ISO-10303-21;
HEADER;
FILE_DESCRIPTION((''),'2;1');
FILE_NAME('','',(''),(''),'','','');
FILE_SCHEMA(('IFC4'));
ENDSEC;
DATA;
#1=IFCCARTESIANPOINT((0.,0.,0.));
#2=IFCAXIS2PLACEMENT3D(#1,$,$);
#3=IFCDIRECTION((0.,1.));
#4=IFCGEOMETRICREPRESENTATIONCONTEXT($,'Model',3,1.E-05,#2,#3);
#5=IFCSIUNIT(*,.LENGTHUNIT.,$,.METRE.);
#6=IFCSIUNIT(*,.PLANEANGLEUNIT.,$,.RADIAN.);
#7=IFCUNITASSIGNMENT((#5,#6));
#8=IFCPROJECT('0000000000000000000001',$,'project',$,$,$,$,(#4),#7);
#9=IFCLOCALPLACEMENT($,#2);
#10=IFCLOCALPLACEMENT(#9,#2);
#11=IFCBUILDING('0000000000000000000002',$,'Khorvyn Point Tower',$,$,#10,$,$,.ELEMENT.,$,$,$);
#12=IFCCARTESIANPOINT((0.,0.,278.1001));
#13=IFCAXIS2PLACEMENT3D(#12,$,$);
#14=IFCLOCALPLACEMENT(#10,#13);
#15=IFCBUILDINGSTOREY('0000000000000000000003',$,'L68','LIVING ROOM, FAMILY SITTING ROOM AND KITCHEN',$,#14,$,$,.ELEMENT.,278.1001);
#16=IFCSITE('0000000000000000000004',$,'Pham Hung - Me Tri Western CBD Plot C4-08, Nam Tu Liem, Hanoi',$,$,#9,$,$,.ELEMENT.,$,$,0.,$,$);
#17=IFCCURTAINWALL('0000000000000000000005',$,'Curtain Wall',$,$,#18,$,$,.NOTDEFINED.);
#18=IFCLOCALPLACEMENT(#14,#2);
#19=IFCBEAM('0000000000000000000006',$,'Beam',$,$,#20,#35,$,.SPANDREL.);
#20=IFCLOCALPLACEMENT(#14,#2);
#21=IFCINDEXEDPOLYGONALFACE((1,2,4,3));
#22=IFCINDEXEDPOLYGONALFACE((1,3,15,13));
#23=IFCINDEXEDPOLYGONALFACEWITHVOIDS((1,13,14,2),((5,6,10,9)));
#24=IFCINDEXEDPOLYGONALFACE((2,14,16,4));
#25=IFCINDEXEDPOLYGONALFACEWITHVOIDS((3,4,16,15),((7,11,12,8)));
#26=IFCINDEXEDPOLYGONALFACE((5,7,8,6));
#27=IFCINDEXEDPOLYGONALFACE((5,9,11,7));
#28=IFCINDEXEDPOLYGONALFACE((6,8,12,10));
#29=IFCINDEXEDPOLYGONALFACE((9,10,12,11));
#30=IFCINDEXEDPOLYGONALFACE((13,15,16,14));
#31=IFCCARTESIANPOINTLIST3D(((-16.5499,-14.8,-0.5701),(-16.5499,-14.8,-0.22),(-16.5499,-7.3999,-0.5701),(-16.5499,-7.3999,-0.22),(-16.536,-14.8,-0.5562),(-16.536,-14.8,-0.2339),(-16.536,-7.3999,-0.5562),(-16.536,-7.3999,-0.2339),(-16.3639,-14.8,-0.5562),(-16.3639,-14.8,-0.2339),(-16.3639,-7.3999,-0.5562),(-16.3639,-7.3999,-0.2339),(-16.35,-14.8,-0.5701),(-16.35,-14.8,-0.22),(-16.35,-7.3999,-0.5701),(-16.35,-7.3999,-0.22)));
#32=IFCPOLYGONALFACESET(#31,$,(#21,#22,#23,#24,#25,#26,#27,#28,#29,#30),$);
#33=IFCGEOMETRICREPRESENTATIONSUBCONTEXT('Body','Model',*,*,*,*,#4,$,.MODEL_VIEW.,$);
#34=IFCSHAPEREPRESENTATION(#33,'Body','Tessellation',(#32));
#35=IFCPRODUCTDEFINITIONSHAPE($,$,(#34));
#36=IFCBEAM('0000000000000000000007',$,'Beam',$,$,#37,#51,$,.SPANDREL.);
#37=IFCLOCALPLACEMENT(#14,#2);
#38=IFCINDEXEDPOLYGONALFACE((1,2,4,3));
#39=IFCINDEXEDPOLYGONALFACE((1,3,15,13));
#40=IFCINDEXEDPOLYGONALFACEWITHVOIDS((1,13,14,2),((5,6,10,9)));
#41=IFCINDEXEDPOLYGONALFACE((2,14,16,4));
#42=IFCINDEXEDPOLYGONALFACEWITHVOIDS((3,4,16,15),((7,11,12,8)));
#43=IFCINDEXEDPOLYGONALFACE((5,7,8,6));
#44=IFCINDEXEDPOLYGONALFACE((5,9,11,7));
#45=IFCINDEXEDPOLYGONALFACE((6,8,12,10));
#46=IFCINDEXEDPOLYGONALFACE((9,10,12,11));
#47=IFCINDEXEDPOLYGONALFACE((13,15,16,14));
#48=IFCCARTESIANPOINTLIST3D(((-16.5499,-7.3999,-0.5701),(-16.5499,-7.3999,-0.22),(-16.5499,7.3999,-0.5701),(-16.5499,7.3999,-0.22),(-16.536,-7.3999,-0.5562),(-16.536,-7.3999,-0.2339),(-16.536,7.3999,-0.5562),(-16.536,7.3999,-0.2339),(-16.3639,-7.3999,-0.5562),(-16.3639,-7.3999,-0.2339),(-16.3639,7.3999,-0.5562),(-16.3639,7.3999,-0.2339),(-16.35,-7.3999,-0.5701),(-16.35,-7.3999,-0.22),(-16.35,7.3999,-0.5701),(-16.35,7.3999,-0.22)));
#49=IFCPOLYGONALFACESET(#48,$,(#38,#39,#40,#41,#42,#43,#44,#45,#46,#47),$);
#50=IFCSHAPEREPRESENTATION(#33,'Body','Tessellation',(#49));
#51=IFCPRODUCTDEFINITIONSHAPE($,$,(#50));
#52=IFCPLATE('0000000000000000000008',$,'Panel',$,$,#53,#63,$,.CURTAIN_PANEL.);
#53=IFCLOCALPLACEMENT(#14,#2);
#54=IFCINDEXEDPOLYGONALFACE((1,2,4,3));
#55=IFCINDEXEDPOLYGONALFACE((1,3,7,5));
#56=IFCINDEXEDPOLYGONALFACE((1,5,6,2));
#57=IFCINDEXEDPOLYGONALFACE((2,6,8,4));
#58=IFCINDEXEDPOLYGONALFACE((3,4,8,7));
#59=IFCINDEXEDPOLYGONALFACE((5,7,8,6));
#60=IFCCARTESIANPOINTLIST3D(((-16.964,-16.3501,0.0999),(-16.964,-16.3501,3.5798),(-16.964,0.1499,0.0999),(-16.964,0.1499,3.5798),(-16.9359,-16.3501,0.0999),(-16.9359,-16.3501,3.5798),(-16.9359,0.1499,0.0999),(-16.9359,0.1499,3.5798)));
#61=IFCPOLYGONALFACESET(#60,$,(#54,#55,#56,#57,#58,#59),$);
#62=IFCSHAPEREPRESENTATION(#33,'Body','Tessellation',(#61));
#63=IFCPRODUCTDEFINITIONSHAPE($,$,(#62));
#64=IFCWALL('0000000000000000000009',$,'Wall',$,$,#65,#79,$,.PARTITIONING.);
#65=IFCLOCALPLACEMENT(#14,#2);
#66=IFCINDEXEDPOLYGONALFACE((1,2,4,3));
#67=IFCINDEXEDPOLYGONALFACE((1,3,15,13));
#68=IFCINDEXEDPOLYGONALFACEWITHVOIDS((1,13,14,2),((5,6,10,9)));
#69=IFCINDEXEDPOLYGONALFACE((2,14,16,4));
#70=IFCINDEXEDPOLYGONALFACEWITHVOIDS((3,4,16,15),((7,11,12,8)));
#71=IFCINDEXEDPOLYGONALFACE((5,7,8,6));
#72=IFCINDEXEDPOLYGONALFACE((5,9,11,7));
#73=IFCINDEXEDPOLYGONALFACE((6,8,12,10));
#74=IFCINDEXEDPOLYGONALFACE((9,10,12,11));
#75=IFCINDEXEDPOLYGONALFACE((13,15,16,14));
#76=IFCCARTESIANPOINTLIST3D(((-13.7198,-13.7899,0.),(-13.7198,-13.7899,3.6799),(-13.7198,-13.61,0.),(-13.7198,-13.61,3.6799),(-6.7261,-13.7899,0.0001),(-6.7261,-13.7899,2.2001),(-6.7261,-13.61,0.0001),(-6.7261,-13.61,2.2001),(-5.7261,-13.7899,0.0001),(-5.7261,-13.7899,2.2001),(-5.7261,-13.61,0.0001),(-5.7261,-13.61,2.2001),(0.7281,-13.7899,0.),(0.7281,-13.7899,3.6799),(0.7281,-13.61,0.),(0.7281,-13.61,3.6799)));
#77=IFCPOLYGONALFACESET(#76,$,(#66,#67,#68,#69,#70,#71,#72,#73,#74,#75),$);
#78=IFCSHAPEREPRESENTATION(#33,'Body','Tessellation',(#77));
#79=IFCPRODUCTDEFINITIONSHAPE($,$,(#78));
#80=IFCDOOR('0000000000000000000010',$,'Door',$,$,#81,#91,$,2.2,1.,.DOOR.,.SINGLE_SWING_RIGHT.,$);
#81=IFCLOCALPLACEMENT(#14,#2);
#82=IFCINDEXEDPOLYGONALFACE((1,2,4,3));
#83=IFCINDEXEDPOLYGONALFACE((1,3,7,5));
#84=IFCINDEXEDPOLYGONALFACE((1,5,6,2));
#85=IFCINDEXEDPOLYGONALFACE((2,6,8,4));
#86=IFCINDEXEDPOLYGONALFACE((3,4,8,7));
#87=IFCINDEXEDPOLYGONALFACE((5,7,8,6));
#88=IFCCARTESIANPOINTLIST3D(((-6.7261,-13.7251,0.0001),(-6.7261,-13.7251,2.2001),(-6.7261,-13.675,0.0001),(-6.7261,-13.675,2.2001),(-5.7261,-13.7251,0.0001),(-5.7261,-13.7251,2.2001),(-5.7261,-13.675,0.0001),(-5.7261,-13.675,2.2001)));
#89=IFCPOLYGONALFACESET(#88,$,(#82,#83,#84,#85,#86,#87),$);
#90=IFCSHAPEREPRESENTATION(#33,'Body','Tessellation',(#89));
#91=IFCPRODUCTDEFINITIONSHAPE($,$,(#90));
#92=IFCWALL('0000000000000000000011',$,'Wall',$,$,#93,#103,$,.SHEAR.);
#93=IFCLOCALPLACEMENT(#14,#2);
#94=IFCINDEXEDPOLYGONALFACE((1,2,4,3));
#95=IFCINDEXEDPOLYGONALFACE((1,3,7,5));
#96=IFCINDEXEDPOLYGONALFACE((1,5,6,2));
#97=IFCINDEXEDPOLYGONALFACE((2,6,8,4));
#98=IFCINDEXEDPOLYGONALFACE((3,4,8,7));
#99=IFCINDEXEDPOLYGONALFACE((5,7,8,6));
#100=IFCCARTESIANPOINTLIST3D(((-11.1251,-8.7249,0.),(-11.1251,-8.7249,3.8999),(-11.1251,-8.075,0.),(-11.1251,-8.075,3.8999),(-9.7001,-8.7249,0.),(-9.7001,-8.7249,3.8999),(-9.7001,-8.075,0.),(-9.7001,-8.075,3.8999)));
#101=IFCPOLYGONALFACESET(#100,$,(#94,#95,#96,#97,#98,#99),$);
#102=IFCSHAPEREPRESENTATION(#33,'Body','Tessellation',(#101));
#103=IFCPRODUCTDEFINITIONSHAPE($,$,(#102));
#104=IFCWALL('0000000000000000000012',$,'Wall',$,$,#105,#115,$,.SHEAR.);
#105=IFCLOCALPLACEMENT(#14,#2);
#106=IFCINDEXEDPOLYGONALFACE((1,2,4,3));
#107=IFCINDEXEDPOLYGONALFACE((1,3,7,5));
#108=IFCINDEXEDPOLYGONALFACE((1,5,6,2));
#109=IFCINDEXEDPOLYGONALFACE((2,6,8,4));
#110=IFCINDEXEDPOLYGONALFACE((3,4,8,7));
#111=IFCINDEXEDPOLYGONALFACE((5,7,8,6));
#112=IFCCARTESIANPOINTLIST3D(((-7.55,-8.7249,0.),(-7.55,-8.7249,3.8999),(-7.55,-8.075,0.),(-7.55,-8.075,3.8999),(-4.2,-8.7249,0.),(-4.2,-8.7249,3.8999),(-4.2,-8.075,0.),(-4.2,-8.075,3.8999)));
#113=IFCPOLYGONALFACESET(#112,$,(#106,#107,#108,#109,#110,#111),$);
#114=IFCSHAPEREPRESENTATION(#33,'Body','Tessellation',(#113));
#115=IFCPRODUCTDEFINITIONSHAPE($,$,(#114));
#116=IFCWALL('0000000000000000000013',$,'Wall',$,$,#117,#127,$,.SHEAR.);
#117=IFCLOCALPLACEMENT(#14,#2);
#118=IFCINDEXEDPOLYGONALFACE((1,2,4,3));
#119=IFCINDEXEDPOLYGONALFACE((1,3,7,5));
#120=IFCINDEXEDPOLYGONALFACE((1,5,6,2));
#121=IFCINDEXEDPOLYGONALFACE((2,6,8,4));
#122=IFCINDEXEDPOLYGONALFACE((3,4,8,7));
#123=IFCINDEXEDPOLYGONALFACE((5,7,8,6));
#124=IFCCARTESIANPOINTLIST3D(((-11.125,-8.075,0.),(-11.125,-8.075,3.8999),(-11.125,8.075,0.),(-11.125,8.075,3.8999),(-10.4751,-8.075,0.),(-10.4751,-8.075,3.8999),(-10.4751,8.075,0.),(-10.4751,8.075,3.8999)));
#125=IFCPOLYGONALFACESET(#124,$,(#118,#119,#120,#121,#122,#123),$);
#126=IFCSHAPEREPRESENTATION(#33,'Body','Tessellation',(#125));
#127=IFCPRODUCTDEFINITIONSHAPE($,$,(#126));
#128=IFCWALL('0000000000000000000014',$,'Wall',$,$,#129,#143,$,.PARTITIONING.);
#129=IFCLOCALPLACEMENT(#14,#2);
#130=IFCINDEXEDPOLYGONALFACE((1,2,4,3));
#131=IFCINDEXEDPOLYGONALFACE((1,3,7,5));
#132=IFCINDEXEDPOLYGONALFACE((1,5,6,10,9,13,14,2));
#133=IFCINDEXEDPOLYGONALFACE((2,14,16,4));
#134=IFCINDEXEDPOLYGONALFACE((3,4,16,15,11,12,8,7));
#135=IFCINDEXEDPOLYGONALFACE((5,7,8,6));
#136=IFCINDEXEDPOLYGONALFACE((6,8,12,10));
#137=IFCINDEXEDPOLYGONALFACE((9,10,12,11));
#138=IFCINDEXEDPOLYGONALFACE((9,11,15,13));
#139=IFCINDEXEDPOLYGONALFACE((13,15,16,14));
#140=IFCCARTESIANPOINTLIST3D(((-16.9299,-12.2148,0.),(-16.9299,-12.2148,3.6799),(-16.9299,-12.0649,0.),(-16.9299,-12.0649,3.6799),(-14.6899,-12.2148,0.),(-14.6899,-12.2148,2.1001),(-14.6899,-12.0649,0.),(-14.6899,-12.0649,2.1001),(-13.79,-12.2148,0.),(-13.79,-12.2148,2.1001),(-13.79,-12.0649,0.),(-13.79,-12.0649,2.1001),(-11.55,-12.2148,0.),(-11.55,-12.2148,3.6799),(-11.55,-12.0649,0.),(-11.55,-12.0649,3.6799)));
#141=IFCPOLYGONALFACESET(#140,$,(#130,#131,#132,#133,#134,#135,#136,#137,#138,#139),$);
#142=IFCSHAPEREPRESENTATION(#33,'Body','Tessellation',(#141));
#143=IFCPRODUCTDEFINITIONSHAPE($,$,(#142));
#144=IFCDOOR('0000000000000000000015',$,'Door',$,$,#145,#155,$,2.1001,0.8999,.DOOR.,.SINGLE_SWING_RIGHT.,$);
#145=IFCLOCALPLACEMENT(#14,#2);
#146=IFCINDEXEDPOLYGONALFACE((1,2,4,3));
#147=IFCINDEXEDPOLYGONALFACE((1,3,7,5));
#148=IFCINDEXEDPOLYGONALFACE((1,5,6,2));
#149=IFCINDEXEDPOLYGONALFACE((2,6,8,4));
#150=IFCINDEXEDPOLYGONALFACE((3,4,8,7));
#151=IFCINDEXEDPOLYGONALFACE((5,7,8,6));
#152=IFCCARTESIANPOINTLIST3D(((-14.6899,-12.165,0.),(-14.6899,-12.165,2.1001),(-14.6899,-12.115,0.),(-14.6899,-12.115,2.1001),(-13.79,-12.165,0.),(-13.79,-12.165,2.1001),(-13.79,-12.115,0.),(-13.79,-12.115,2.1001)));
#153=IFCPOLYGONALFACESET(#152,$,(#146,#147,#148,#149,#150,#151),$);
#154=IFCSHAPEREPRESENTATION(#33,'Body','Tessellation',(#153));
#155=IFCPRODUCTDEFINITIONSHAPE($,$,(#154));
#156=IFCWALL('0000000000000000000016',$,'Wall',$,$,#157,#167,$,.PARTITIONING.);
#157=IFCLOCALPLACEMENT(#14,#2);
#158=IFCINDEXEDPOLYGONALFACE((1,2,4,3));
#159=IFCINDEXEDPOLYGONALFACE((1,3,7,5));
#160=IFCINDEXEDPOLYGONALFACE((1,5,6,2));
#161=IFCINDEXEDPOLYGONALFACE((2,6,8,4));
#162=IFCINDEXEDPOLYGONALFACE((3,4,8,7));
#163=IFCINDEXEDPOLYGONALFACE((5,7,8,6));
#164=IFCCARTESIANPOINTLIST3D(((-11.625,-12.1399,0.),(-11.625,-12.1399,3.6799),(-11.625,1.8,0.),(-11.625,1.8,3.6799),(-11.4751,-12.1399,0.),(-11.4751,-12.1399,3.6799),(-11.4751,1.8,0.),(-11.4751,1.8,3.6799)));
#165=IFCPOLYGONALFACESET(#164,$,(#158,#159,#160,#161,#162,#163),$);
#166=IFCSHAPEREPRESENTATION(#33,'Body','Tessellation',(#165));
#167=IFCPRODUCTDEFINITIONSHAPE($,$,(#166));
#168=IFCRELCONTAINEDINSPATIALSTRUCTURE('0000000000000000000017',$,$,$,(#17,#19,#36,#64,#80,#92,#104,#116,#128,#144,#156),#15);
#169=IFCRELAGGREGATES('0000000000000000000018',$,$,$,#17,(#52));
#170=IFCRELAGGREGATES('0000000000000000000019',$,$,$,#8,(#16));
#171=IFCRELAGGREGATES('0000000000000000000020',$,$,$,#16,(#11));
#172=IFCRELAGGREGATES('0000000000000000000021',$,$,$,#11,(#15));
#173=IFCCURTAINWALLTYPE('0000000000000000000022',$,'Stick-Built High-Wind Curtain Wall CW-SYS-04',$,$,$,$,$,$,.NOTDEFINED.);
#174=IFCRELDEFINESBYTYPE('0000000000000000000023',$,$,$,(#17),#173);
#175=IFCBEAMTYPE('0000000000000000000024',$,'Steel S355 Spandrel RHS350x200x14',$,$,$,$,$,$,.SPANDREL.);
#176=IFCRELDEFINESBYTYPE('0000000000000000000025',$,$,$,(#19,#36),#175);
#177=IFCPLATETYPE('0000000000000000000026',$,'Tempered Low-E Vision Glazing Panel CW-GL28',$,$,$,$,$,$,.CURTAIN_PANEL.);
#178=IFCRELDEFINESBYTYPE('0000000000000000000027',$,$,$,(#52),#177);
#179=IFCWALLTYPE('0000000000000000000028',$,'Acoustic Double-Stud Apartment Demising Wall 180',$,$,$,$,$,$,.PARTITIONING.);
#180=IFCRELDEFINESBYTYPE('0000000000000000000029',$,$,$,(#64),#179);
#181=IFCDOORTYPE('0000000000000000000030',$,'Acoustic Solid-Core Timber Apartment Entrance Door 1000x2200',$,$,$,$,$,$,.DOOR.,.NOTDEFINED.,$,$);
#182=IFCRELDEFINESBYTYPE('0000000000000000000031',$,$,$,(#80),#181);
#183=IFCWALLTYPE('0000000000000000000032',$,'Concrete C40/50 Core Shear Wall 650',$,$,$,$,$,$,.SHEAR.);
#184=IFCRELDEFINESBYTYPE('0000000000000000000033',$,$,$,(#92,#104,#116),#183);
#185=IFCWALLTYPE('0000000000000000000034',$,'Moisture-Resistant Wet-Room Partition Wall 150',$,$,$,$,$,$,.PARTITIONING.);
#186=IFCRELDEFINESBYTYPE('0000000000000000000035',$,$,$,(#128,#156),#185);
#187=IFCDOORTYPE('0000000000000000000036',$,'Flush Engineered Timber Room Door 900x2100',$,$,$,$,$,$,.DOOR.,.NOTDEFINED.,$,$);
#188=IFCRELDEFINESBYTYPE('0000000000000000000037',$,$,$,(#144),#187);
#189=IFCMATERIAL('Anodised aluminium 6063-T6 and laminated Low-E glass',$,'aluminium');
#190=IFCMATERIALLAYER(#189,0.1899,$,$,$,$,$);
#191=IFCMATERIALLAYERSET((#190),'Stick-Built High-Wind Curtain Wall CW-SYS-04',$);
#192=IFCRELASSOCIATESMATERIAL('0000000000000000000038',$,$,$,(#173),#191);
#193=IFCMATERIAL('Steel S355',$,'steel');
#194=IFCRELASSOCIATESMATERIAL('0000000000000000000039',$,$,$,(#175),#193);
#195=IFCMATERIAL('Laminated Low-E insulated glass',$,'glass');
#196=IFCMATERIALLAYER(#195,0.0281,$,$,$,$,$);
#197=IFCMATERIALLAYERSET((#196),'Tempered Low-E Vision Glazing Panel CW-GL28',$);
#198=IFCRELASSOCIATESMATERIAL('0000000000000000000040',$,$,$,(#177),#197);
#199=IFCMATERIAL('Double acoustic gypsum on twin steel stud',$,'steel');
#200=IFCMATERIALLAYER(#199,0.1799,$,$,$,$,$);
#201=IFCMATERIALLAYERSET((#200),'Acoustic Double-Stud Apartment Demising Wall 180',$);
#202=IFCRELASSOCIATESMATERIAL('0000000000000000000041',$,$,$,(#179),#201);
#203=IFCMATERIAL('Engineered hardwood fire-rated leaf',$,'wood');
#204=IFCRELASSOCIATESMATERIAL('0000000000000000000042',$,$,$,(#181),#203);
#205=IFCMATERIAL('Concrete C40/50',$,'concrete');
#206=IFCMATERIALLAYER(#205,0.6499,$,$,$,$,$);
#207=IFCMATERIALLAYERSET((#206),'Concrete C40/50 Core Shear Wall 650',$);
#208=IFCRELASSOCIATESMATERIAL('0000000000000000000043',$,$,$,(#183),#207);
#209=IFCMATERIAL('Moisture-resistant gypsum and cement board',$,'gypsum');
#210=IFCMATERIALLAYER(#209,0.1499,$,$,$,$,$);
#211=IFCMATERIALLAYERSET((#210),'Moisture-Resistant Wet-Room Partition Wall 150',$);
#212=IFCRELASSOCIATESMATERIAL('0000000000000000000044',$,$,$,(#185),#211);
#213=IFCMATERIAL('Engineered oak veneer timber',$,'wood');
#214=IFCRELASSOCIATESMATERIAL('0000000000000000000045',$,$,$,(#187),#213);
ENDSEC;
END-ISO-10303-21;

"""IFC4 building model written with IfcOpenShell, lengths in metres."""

from ifc_helpers import new_model, si_unit, direction, frame, frame_2d, origin, origin_2d, place, context, subcontext, project, spatial, rectangle, hollow_rectangle, extrude, material, layer, layer_set, material_profile, profile_set, type_object, element, fill, aggregate, save


model = new_model("IFC4")

# Units and contexts
model_context = context("Model", 3, precision=1e-05, world=origin(), true_north=direction((0.0, 1.0)))
body_context = subcontext(model_context, "Body", "Model", "MODEL_VIEW")
ifc_project = project(units=[si_unit("LENGTHUNIT", "METRE"), si_unit("PLANEANGLEUNIT", "RADIAN")], contexts=[model_context])

# Site, building, storey
site_placement = place(None, origin())
site = spatial("IfcSite", under=ifc_project, at=site_placement, Name="Pham Hung - Me Tri Western CBD Plot C4-08, Nam Tu Liem, Hanoi", CompositionType="ELEMENT", RefElevation=0.0)
building_placement = place(site_placement, origin())
building = spatial("IfcBuilding", under=site, at=building_placement, Name="Khorvyn Point Tower", CompositionType="ELEMENT")
storey_placement = place(building_placement, frame((0.0, 0.0, 278.1001)))
storey = spatial("IfcBuildingStorey", under=building, at=storey_placement, Name="L68", Description="LIVING ROOM, FAMILY SITTING ROOM AND KITCHEN", CompositionType="ELEMENT", Elevation=278.1001)

# Shared definitions
ifc_material_1 = material(Name="Concrete C40/50", Category="concrete")
ifc_material_2 = material(Name="Steel S355", Category="steel")

# Curtain wall
ifc_material_3 = material(Name="Anodised aluminium 6063-T6 and laminated Low-E glass", Category="aluminium")
ifc_layer_1 = layer(ifc_material_3, 0.1899)
ifc_layer_set_1 = layer_set([ifc_layer_1], Name="Stick-Built High-Wind Curtain Wall CW-SYS-04")
curtain_wall_type = type_object("IfcCurtainWallType", Name="Stick-Built High-Wind Curtain Wall CW-SYS-04", PredefinedType="NOTDEFINED", material=ifc_layer_set_1)
curtain_wall_placement = place(storey_placement, origin())
curtain_wall = element("IfcCurtainWall", 1, at=curtain_wall_placement, inside=storey, type_object=curtain_wall_type, Name="Curtain Wall", PredefinedType="NOTDEFINED")

# Beams
ifc_material_profile_1 = material_profile(ifc_material_2, hollow_rectangle(XDim=0.2, YDim=0.3501, WallThickness=0.0139, at=origin_2d()))
ifc_profile_set_1 = profile_set([ifc_material_profile_1], Name="Steel S355 RHS350x200x14")
beam_type_1 = type_object("IfcBeamType", Name="Steel S355 Spandrel RHS350x200x14", PredefinedType="SPANDREL", material=ifc_profile_set_1)
beam_1_placement = place(storey_placement, frame((-16.45, -14.8, -0.395), z_axis=(0.0, 1.0, 0.0), x_axis=(-1.0, 0.0, 0.0)))
element("IfcBeam", 2, at=beam_1_placement, inside=storey, type_object=beam_type_1, Name="Beam", PredefinedType="SPANDREL", context=body_context, shape_type="SweptSolid", body=[
    extrude(hollow_rectangle(XDim=0.2, YDim=0.3501, WallThickness=0.0139, at=origin_2d()), origin(), (0.0, 0.0, 1.0), 7.4001),
])
beam_2_placement = place(storey_placement, frame((-16.45, -7.3999, -0.395), z_axis=(0.0, 1.0, 0.0), x_axis=(-1.0, 0.0, 0.0)))
element("IfcBeam", 3, at=beam_2_placement, inside=storey, type_object=beam_type_1, Name="Beam", PredefinedType="SPANDREL", context=body_context, shape_type="SweptSolid", body=[
    extrude(hollow_rectangle(XDim=0.2, YDim=0.3501, WallThickness=0.0139, at=origin_2d()), origin(), (0.0, 0.0, 1.0), 14.7998),
])

# Plate
ifc_material_4 = material(Name="Laminated Low-E insulated glass", Category="glass")
ifc_layer_2 = layer(ifc_material_4, 0.0281)
ifc_layer_set_2 = layer_set([ifc_layer_2], Name="Tempered Low-E Vision Glazing Panel CW-GL28")
plate_type = type_object("IfcPlateType", Name="Tempered Low-E Vision Glazing Panel CW-GL28", PredefinedType="CURTAIN_PANEL", material=ifc_layer_set_2)
plate_placement = place(storey_placement, frame((-16.95, -8.1001, 0.0999), z_axis=(0.0, 0.0, 1.0), x_axis=(0.0, 1.0, 0.0)))
plate = element("IfcPlate", 4, at=plate_placement, type_object=plate_type, Name="Panel", PredefinedType="CURTAIN_PANEL", context=body_context, shape_type="SweptSolid", body=[
    extrude(rectangle(XDim=16.5, YDim=0.0281, at=origin_2d()), origin(), (0.0, 0.0, 1.0), 3.48),
])
aggregate(curtain_wall, [plate])

# Wall, opening, door
ifc_material_5 = material(Name="Double acoustic gypsum on twin steel stud", Category="steel")
ifc_layer_3 = layer(ifc_material_5, 0.1799)
ifc_layer_set_3 = layer_set([ifc_layer_3], Name="Acoustic Double-Stud Apartment Demising Wall 180")
wall_type_1 = type_object("IfcWallType", Name="Acoustic Double-Stud Apartment Demising Wall 180", PredefinedType="PARTITIONING", material=ifc_layer_set_3)
wall_1_placement = place(storey_placement, frame((-13.72, -13.7, 0.0), z_axis=(0.0, 0.0, 1.0), x_axis=(1.0, 0.0, 0.0)))
wall_1 = element("IfcWall", 5, at=wall_1_placement, inside=storey, type_object=wall_type_1, Name="Wall", PredefinedType="PARTITIONING", context=body_context, shape_type="SweptSolid", body=[
    extrude(rectangle(XDim=14.448, YDim=0.1799, at=frame_2d((7.2241, 0.0))), origin(), (0.0, 0.0, 1.0), 3.6799),
])
opening_1_placement = place(wall_1_placement, frame((6.9939, 0.0, 0.0)))
opening_1 = element("IfcOpeningElement", 6, at=opening_1_placement, cuts=wall_1, PredefinedType="OPENING", context=body_context, shape_type="SweptSolid", body=[
    extrude(rectangle(XDim=1.0, YDim=2.2, at=frame_2d((0.5, 1.1001))), frame((0.0, 0.0999, 0.0), z_axis=(0.0, -1.0, 0.0), x_axis=(1.0, 0.0, 0.0)), (0.0, 0.0, 1.0), 0.2),
])
ifc_material_6 = material(Name="Engineered hardwood fire-rated leaf", Category="wood")
door_type_1 = type_object("IfcDoorType", Name="Acoustic Solid-Core Timber Apartment Entrance Door 1000x2200", OperationType="NOTDEFINED", PredefinedType="DOOR", material=ifc_material_6)
door_1_placement = place(opening_1_placement, origin())
door_1 = element("IfcDoor", 7, at=door_1_placement, inside=storey, type_object=door_type_1, Name="Door", OperationType="SINGLE_SWING_RIGHT", OverallHeight=2.2, OverallWidth=1.0, PredefinedType="DOOR", context=body_context, shape_type="SweptSolid", body=[
    extrude(rectangle(XDim=1.0, YDim=2.2, at=frame_2d((0.5, 1.1001))), frame((0.0, 0.0249, 0.0), z_axis=(0.0, -1.0, 0.0), x_axis=(1.0, 0.0, 0.0)), (0.0, 0.0, 1.0), 0.05),
])
fill(opening_1, door_1)

# Walls
ifc_layer_4 = layer(ifc_material_1, 0.6499)
ifc_layer_set_4 = layer_set([ifc_layer_4], Name="Concrete C40/50 Core Shear Wall 650")
wall_type_2 = type_object("IfcWallType", Name="Concrete C40/50 Core Shear Wall 650", PredefinedType="SHEAR", material=ifc_layer_set_4)
wall_2_placement = place(storey_placement, frame((-11.125, -8.3999, 0.0), z_axis=(0.0, 0.0, 1.0), x_axis=(1.0, 0.0, 0.0)))
element("IfcWall", 8, at=wall_2_placement, inside=storey, type_object=wall_type_2, Name="Wall", PredefinedType="SHEAR", context=body_context, shape_type="SweptSolid", body=[
    extrude(rectangle(XDim=1.425, YDim=0.6499, at=frame_2d((0.7124, 0.0))), origin(), (0.0, 0.0, 1.0), 3.8999),
])
wall_3_placement = place(storey_placement, frame((-7.55, -8.3999, 0.0), z_axis=(0.0, 0.0, 1.0), x_axis=(1.0, 0.0, 0.0)))
element("IfcWall", 9, at=wall_3_placement, inside=storey, type_object=wall_type_2, Name="Wall", PredefinedType="SHEAR", context=body_context, shape_type="SweptSolid", body=[
    extrude(rectangle(XDim=3.3501, YDim=0.6499, at=frame_2d((1.675, 0.0))), origin(), (0.0, 0.0, 1.0), 3.8999),
])
wall_4_placement = place(storey_placement, frame((-10.8, -8.075, 0.0), z_axis=(0.0, 0.0, 1.0), x_axis=(0.0, 1.0, 0.0)))
element("IfcWall", 10, at=wall_4_placement, inside=storey, type_object=wall_type_2, Name="Wall", PredefinedType="SHEAR", context=body_context, shape_type="SweptSolid", body=[
    extrude(rectangle(XDim=16.1499, YDim=0.6499, at=frame_2d((8.075, 0.0))), origin(), (0.0, 0.0, 1.0), 3.8999),
])

# Wall, opening, door
ifc_material_7 = material(Name="Moisture-resistant gypsum and cement board", Category="gypsum")
ifc_layer_5 = layer(ifc_material_7, 0.1499)
ifc_layer_set_5 = layer_set([ifc_layer_5], Name="Moisture-Resistant Wet-Room Partition Wall 150")
wall_type_3 = type_object("IfcWallType", Name="Moisture-Resistant Wet-Room Partition Wall 150", PredefinedType="PARTITIONING", material=ifc_layer_set_5)
wall_5_placement = place(storey_placement, frame((-16.9299, -12.1399, 0.0), z_axis=(0.0, 0.0, 1.0), x_axis=(1.0, 0.0, 0.0)))
wall_5 = element("IfcWall", 11, at=wall_5_placement, inside=storey, type_object=wall_type_3, Name="Wall", PredefinedType="PARTITIONING", context=body_context, shape_type="SweptSolid", body=[
    extrude(rectangle(XDim=5.3799, YDim=0.1499, at=frame_2d((2.6899, 0.0))), origin(), (0.0, 0.0, 1.0), 3.6799),
])
opening_2_placement = place(wall_5_placement, frame((2.24, 0.0, 0.0)))
opening_2 = element("IfcOpeningElement", 12, at=opening_2_placement, cuts=wall_5, PredefinedType="OPENING", context=body_context, shape_type="SweptSolid", body=[
    extrude(rectangle(XDim=0.8999, YDim=2.1001, at=frame_2d((0.45, 1.05))), frame((0.0, 0.085, 0.0), z_axis=(0.0, -1.0, 0.0), x_axis=(1.0, 0.0, 0.0)), (0.0, 0.0, 1.0), 0.1699),
])
ifc_material_8 = material(Name="Engineered oak veneer timber", Category="wood")
door_type_2 = type_object("IfcDoorType", Name="Flush Engineered Timber Room Door 900x2100", OperationType="NOTDEFINED", PredefinedType="DOOR", material=ifc_material_8)
door_2_placement = place(opening_2_placement, origin())
door_2 = element("IfcDoor", 13, at=door_2_placement, inside=storey, type_object=door_type_2, Name="Door", OperationType="SINGLE_SWING_RIGHT", OverallHeight=2.1001, OverallWidth=0.8999, PredefinedType="DOOR", context=body_context, shape_type="SweptSolid", body=[
    extrude(rectangle(XDim=0.8999, YDim=2.1001, at=frame_2d((0.45, 1.05))), frame((0.0, 0.0249, 0.0), z_axis=(0.0, -1.0, 0.0), x_axis=(1.0, 0.0, 0.0)), (0.0, 0.0, 1.0), 0.05),
])
fill(opening_2, door_2)

# Wall
wall_6_placement = place(storey_placement, frame((-11.55, -12.1399, 0.0), z_axis=(0.0, 0.0, 1.0), x_axis=(0.0, 1.0, 0.0)))
element("IfcWall", 14, at=wall_6_placement, inside=storey, type_object=wall_type_3, Name="Wall", PredefinedType="PARTITIONING", context=body_context, shape_type="SweptSolid", body=[
    extrude(rectangle(XDim=13.9399, YDim=0.1499, at=frame_2d((6.97, 0.0))), origin(), (0.0, 0.0, 1.0), 3.6799),
])

save(model, "model.ifc")
